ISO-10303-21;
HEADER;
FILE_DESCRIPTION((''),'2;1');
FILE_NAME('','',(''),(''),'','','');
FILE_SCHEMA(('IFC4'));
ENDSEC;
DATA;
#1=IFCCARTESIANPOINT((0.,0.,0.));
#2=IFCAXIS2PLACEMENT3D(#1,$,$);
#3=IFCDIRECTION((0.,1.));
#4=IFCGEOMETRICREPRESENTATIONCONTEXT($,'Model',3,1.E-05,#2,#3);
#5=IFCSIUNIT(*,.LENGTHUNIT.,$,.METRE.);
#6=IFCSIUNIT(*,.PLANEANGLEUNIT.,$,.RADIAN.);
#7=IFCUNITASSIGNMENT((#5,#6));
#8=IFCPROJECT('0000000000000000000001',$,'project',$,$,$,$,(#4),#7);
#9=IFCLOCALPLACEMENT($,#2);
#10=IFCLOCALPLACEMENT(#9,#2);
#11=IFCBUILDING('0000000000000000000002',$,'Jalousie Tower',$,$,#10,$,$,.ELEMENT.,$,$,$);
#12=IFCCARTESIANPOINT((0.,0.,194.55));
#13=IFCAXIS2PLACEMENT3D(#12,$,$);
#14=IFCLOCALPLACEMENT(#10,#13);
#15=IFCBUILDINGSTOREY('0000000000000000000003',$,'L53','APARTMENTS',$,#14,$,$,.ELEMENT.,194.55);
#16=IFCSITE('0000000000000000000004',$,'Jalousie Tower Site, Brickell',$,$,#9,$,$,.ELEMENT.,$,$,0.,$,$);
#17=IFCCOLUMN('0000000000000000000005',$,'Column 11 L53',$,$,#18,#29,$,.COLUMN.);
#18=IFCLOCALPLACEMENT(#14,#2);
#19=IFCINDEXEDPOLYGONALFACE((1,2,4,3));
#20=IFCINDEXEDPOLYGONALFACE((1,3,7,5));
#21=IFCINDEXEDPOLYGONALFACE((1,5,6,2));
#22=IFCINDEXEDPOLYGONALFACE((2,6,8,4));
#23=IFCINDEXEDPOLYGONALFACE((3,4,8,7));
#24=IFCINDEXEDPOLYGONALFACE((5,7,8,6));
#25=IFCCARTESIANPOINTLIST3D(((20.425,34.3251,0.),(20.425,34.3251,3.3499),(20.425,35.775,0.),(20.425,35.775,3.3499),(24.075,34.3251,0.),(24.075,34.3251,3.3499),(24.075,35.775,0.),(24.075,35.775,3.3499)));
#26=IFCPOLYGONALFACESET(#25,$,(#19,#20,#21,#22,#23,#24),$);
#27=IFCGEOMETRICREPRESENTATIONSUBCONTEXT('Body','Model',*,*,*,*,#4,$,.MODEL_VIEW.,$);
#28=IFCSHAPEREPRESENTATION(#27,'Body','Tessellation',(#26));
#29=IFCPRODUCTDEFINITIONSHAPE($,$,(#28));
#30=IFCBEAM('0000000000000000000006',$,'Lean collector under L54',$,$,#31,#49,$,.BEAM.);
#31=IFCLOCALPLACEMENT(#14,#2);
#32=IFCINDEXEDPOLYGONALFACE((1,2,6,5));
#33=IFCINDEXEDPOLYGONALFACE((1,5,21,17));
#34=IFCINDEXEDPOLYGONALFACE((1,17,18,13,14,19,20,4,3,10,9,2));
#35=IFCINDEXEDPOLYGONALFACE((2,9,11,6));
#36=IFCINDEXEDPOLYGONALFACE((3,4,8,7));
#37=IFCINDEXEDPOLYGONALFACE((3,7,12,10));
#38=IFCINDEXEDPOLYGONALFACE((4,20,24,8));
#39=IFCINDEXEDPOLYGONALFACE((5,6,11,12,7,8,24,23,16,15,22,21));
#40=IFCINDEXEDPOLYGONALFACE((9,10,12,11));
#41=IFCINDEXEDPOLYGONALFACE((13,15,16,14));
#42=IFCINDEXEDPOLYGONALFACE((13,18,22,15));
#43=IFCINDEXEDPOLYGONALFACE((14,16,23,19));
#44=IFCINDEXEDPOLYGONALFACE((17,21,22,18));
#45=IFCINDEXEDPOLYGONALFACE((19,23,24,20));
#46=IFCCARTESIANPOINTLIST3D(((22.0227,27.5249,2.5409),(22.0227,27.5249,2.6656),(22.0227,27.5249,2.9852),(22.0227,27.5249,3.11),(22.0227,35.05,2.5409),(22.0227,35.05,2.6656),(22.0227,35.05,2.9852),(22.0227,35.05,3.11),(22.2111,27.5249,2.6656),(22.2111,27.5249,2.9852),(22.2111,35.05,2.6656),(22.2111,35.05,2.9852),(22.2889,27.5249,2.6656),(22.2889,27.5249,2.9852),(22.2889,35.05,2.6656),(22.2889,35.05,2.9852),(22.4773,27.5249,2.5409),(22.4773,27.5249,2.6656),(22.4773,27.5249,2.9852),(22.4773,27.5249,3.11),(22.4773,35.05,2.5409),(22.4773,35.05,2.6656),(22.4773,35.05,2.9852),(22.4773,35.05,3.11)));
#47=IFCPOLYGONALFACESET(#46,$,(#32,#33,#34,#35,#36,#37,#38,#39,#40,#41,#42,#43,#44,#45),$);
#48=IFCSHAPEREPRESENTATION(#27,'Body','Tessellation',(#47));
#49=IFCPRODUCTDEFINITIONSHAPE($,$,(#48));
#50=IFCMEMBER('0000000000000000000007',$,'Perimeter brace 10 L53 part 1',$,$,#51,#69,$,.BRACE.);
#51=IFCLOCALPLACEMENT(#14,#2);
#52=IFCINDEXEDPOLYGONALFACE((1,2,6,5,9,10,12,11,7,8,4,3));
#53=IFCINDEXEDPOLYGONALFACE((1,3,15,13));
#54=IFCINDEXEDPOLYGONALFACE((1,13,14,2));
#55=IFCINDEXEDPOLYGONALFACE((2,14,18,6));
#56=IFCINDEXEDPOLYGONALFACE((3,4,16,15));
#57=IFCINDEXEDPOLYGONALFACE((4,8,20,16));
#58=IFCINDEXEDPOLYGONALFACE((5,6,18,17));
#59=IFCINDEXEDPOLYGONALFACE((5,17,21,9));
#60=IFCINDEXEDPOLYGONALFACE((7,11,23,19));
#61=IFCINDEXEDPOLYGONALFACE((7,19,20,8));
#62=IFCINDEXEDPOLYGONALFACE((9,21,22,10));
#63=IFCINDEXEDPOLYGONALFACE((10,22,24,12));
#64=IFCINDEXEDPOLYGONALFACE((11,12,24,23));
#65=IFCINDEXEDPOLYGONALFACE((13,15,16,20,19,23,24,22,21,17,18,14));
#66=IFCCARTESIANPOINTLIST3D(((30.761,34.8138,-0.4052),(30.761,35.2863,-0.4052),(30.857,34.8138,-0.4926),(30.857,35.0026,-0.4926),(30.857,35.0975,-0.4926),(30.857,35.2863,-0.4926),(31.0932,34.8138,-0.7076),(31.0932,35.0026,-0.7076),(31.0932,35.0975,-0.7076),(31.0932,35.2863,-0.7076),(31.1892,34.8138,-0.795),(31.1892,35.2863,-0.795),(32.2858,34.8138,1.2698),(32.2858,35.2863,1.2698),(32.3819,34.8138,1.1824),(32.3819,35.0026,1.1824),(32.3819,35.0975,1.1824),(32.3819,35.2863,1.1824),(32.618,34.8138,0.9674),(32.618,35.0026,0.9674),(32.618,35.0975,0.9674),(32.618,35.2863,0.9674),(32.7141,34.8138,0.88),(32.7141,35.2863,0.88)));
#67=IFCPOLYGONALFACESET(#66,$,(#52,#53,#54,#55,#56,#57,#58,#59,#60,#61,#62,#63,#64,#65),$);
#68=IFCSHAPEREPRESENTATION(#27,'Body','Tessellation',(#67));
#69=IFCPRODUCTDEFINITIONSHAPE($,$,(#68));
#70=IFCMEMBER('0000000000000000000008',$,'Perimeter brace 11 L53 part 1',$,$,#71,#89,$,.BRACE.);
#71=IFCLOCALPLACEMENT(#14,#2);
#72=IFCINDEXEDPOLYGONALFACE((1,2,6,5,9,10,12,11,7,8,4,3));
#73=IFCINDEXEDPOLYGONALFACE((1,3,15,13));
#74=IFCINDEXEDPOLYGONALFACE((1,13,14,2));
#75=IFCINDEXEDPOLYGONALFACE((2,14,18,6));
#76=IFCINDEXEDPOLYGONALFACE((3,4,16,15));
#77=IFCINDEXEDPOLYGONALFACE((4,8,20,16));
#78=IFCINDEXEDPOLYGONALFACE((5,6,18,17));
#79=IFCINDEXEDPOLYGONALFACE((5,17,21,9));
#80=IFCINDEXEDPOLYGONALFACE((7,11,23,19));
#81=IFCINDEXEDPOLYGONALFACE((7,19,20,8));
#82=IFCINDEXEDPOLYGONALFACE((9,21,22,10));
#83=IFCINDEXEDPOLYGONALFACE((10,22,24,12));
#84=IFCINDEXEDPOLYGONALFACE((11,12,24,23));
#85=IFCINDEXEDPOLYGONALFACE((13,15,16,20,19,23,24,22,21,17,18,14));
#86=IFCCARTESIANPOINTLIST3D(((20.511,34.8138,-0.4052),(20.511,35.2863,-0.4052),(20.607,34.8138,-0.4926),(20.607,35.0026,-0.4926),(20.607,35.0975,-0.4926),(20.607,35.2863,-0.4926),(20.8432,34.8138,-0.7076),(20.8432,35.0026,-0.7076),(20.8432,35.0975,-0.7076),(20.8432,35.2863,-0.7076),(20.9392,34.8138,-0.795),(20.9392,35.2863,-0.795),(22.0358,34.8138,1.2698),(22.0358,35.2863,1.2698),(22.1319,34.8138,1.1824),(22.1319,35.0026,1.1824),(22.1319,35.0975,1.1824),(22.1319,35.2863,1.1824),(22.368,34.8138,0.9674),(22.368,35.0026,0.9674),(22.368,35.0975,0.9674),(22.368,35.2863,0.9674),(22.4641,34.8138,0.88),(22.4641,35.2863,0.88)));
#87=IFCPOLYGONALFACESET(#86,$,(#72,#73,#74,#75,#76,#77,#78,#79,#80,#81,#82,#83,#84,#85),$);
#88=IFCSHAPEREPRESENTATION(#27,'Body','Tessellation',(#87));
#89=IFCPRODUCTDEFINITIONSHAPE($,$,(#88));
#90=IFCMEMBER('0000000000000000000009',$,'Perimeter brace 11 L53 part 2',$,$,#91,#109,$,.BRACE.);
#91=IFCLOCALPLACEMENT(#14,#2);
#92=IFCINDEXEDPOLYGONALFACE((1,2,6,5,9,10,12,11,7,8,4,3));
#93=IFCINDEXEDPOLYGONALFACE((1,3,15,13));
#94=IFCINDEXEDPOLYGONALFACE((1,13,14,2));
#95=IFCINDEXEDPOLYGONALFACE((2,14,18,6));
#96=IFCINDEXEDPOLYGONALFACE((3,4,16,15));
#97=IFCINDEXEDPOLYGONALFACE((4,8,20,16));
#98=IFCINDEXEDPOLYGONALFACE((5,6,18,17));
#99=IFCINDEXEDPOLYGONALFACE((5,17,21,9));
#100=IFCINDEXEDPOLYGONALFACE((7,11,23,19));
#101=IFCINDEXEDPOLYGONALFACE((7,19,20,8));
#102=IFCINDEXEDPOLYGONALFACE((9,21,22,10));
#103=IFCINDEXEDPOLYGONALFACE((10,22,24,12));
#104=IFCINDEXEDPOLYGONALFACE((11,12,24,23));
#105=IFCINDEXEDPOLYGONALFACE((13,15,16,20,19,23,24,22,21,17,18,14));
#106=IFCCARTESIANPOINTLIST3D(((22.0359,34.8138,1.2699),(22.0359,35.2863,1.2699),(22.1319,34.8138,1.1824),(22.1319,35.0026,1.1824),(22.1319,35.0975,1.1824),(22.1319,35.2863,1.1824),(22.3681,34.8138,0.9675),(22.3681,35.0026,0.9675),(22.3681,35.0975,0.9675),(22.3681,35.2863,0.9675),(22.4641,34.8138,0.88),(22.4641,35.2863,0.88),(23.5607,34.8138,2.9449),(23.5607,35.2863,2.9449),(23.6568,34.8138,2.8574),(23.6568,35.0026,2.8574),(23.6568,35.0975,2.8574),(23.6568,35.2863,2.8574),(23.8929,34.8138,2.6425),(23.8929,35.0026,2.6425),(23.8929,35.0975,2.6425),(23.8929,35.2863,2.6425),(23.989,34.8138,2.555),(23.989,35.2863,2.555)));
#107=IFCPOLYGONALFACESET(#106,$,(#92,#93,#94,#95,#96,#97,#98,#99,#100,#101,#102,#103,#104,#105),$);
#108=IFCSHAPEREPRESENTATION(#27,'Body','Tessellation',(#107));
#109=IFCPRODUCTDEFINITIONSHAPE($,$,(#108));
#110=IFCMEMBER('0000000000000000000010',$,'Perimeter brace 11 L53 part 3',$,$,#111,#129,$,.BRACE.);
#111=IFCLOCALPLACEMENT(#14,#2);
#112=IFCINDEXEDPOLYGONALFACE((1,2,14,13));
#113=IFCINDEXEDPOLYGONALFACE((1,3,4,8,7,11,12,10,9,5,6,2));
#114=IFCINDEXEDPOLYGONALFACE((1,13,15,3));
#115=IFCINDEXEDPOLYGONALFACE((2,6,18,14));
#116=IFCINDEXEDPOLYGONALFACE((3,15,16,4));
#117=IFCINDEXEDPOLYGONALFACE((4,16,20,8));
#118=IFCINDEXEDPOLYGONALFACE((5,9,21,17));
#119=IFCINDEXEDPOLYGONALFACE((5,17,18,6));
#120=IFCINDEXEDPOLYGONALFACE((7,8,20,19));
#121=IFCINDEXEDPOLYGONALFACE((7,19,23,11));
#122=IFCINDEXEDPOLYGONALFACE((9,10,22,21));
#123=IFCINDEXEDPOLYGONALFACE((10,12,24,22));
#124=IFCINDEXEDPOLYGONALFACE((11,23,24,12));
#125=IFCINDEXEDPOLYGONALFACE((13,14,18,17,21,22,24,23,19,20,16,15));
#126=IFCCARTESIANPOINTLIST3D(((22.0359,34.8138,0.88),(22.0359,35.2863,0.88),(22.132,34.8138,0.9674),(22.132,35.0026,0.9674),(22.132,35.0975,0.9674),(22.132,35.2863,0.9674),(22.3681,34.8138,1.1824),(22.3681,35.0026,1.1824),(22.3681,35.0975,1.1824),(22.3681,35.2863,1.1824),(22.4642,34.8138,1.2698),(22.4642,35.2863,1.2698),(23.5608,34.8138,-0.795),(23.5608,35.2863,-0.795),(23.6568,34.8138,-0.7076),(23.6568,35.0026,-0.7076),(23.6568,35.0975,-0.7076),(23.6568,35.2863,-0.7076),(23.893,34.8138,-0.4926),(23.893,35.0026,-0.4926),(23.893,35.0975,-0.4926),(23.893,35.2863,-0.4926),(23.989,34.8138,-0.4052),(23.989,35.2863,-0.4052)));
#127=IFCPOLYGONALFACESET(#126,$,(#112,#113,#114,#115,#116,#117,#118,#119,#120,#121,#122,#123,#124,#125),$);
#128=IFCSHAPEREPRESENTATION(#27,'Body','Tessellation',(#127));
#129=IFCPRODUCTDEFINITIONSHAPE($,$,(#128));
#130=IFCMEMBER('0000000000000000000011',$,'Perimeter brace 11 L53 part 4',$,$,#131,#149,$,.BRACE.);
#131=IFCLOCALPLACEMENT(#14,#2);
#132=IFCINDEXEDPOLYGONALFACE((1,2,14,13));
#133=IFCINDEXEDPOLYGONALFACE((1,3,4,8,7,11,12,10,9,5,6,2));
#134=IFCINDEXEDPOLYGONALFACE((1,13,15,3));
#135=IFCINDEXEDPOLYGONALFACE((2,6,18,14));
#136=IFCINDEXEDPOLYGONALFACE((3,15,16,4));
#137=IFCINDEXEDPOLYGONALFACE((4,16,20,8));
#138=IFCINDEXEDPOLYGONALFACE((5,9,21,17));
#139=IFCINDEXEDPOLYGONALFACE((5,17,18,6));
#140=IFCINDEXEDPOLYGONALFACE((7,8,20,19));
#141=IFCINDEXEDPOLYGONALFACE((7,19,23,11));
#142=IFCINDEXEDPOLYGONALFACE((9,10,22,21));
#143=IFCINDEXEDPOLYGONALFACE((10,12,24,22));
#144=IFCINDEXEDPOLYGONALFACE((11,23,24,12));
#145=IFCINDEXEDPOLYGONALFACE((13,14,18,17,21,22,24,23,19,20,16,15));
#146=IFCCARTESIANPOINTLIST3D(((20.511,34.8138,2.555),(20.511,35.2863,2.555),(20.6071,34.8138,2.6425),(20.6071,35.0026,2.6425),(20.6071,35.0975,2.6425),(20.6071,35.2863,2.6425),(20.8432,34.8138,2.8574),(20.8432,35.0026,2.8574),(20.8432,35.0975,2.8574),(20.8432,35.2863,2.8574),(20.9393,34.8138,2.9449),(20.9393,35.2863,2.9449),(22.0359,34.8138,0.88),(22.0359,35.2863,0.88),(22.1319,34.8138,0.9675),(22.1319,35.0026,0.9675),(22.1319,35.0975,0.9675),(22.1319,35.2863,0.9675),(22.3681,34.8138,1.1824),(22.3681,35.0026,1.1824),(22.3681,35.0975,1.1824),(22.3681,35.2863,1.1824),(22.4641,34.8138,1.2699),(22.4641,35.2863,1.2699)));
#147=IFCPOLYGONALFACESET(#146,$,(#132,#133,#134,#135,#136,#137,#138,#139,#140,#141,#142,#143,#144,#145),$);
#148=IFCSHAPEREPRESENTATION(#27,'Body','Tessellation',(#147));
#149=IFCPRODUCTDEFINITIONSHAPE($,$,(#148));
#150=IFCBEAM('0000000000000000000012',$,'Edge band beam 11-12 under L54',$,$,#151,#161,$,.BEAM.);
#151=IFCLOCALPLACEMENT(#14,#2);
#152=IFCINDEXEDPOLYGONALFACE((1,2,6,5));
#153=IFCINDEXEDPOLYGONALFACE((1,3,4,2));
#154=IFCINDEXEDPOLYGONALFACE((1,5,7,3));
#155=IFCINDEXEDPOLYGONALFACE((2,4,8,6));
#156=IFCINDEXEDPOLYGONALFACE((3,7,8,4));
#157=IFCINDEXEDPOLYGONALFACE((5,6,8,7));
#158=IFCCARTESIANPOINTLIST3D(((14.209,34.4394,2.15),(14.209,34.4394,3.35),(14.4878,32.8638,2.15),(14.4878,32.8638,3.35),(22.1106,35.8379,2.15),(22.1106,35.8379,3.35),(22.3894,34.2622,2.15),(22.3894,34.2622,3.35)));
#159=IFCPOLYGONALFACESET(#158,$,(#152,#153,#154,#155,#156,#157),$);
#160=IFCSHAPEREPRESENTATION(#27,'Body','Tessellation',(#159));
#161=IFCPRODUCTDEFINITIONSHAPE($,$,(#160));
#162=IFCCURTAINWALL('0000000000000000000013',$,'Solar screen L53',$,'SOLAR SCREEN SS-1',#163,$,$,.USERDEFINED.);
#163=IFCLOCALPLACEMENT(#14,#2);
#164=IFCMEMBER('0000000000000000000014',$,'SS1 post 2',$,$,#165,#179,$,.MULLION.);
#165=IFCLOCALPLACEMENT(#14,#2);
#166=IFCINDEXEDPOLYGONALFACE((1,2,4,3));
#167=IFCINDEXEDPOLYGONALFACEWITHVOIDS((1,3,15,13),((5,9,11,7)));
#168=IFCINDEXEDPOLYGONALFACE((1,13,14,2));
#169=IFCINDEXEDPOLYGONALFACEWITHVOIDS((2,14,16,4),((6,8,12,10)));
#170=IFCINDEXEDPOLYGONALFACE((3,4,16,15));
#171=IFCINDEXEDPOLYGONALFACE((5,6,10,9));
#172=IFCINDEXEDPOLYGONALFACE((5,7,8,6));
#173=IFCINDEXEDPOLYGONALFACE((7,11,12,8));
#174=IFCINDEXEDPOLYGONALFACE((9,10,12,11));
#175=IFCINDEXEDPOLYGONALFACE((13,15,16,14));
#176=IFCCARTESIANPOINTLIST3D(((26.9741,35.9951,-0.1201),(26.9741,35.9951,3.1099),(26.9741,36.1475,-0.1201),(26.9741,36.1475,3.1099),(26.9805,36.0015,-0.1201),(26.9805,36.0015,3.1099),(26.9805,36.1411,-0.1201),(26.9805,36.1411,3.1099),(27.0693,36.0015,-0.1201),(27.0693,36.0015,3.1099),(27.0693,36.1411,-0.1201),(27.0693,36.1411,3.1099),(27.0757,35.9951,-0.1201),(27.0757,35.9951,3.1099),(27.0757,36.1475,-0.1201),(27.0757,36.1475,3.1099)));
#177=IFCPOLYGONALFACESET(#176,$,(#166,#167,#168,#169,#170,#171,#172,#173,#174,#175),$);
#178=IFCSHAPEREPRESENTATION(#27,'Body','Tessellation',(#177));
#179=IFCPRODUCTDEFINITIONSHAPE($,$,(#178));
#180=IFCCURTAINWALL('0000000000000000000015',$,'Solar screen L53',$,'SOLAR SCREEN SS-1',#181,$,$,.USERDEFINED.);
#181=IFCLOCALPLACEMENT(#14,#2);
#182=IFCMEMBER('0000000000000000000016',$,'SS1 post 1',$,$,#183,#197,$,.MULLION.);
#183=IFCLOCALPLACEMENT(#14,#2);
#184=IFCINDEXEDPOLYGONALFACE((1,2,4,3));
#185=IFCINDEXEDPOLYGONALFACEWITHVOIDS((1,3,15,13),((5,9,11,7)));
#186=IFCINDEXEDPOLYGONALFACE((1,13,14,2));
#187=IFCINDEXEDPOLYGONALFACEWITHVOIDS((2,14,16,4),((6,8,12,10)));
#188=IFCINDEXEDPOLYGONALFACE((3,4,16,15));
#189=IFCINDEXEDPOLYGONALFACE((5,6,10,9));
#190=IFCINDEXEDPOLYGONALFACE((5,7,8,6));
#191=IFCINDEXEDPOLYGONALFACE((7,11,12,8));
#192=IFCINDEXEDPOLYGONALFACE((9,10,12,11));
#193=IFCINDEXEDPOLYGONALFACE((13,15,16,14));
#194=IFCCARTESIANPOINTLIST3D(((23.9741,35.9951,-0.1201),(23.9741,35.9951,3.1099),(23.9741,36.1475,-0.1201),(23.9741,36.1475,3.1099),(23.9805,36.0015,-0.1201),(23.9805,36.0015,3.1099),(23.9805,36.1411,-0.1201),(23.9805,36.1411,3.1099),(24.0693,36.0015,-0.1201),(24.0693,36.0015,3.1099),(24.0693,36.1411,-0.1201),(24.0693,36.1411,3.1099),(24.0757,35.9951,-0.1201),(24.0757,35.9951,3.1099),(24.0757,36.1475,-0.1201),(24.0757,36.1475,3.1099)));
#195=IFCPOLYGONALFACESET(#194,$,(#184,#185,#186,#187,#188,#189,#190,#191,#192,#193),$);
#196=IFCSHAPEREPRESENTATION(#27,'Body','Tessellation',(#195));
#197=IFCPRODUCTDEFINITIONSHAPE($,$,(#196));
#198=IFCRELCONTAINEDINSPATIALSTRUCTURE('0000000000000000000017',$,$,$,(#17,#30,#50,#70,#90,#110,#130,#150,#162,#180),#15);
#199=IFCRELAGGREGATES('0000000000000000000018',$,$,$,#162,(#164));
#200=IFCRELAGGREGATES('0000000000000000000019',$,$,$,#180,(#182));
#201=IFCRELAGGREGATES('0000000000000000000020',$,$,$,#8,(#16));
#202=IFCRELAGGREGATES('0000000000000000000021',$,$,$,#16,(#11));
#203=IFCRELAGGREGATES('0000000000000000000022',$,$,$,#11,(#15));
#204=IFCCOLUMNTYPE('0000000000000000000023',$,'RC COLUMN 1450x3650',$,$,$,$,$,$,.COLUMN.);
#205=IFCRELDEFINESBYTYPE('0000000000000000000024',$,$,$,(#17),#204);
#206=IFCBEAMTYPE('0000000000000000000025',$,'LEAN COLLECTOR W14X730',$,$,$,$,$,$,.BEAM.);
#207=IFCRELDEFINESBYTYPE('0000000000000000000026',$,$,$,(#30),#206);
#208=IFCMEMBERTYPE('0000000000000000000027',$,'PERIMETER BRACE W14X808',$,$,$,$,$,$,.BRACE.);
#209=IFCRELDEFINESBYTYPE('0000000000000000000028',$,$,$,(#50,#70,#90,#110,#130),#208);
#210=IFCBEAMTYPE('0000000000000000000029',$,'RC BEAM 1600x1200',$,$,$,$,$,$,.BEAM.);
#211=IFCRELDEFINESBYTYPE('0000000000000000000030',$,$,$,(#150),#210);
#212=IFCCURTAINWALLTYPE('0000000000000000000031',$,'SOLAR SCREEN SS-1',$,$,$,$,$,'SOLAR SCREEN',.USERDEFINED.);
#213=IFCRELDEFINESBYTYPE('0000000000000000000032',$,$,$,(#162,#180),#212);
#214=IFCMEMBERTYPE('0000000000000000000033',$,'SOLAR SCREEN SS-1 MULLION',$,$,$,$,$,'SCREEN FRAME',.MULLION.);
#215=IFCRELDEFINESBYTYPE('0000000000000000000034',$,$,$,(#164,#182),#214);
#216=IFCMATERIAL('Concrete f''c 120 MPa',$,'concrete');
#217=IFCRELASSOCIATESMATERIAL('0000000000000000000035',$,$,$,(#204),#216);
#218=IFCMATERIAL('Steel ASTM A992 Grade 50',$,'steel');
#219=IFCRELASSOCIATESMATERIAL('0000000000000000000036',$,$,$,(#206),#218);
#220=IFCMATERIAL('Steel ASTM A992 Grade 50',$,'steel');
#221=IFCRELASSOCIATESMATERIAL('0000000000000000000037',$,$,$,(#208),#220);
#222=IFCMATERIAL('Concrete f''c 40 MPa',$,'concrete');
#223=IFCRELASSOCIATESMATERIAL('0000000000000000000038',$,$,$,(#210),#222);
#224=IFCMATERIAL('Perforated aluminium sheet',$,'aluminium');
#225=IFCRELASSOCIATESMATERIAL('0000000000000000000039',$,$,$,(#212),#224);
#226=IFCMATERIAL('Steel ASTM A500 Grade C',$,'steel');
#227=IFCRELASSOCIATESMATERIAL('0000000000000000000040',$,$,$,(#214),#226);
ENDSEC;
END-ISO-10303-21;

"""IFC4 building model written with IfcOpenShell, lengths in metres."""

from ifc_helpers import new_model, si_unit, direction, frame, origin, origin_2d, place, context, subcontext, project, spatial, rectangle, hollow_rectangle, i_section, extrude, material, material_profile, profile_set, type_object, element, aggregate, save


model = new_model("IFC4")

# Units and contexts
model_context = context("Model", 3, precision=1e-05, world=origin(), true_north=direction((0.0, 1.0)))
body_context = subcontext(model_context, "Body", "Model", "MODEL_VIEW")
ifc_project = project(units=[si_unit("LENGTHUNIT", "METRE"), si_unit("PLANEANGLEUNIT", "RADIAN")], contexts=[model_context])

# Site, building, storey
site_placement = place(None, origin())
site = spatial("IfcSite", under=ifc_project, at=site_placement, Name="Jalousie Tower Site, Brickell", CompositionType="ELEMENT", RefElevation=0.0)
building_placement = place(site_placement, origin())
building = spatial("IfcBuilding", under=site, at=building_placement, Name="Jalousie Tower", CompositionType="ELEMENT")
storey_placement = place(building_placement, frame((0.0, 0.0, 194.55)))
storey = spatial("IfcBuildingStorey", under=building, at=storey_placement, Name="L53", Description="APARTMENTS", CompositionType="ELEMENT", Elevation=194.55)

# Column
ifc_material_1 = material(Name="Concrete f'c 120 MPa", Category="concrete")
ifc_material_profile_1 = material_profile(ifc_material_1, rectangle(XDim=1.45, YDim=3.6499, at=origin_2d()), Name="RC 1450x3650")
ifc_profile_set_1 = profile_set([ifc_material_profile_1], Name="Concrete f'c 120 MPa")
column_type = type_object("IfcColumnType", Name="RC COLUMN 1450x3650", PredefinedType="COLUMN", material=ifc_profile_set_1)
column_placement = place(storey_placement, frame((22.25, 35.05, 0.0), z_axis=(0.0, 0.0, 1.0), x_axis=(0.0, 1.0, 0.0)))
element("IfcColumn", 1, at=column_placement, inside=storey, type_object=column_type, Name="Column 11 L53", PredefinedType="COLUMN", context=body_context, shape_type="SweptSolid", body=[
    extrude(rectangle(XDim=1.45, YDim=3.6499, at=origin_2d()), origin(), (0.0, 0.0, 1.0), 3.3499),
])

# Beam
ifc_material_2 = material(Name="Steel ASTM A992 Grade 50", Category="steel")
ifc_material_profile_2 = material_profile(ifc_material_2, i_section(OverallWidth=0.4546, OverallDepth=0.5691, WebThickness=0.0779, FlangeThickness=0.1248, at=origin_2d()), Name="W14X730")
ifc_profile_set_2 = profile_set([ifc_material_profile_2], Name="Steel ASTM A992 Grade 50")
beam_type_1 = type_object("IfcBeamType", Name="LEAN COLLECTOR W14X730", PredefinedType="BEAM", material=ifc_profile_set_2)
beam_1_placement = place(storey_placement, frame((22.25, 35.05, 2.8254), z_axis=(0.0, -1.0, 0.0), x_axis=(1.0, 0.0, 0.0)))
element("IfcBeam", 2, at=beam_1_placement, inside=storey, type_object=beam_type_1, Name="Lean collector under L54", PredefinedType="BEAM", context=body_context, shape_type="SweptSolid", body=[
    extrude(i_section(OverallWidth=0.4546, OverallDepth=0.5691, WebThickness=0.0779, FlangeThickness=0.1248, at=origin_2d()), origin(), (0.0, 0.0, 1.0), 7.5251),
])

# Members
ifc_material_3 = material(Name="Steel ASTM A992 Grade 50", Category="steel")
ifc_material_profile_3 = material_profile(ifc_material_3, i_section(OverallWidth=0.4724, OverallDepth=0.5791, WebThickness=0.095, FlangeThickness=0.1299, at=origin_2d()), Name="W14X808")
ifc_profile_set_3 = profile_set([ifc_material_profile_3], Name="Steel ASTM A992 Grade 50")
member_type_1 = type_object("IfcMemberType", Name="PERIMETER BRACE W14X808", PredefinedType="BRACE", material=ifc_profile_set_3)
for number, where, z_axis, x_axis, name in (
    (3, (30.9751, 35.05, -0.6001), (0.673188, 0.0, 0.739472), (0.0, 1.0, 0.0), "Perimeter brace 10 L53 part 1"),
    (4, (20.7251, 35.05, -0.6001), (0.673188, 0.0, 0.739472), (0.0, 1.0, 0.0), "Perimeter brace 11 L53 part 1"),
    (5, (22.25, 35.05, 1.075), (0.673188, 0.0, 0.739472), (0.0, 1.0, 0.0), "Perimeter brace 11 L53 part 2"),
    (6, (23.7749, 35.05, -0.6001), (-0.673188, 0.0, 0.739472), (0.0, -1.0, 0.0), "Perimeter brace 11 L53 part 3"),
    (7, (22.25, 35.05, 1.075), (-0.673188, 0.0, 0.739472), (0.0, -1.0, 0.0), "Perimeter brace 11 L53 part 4"),
):
    element("IfcMember", number, at=place(storey_placement, frame(where, z_axis=z_axis, x_axis=x_axis)), inside=storey, type_object=member_type_1, Name=name, PredefinedType="BRACE", context=body_context, shape_type="SweptSolid", body=[
        extrude(i_section(OverallWidth=0.4724, OverallDepth=0.5791, WebThickness=0.095, FlangeThickness=0.1299, at=origin_2d()), origin(), (0.0, 0.0, 1.0), 2.2651),
    ])

# Beam
ifc_material_4 = material(Name="Concrete f'c 40 MPa", Category="concrete")
ifc_material_profile_4 = material_profile(ifc_material_4, rectangle(XDim=1.6001, YDim=1.2, at=origin_2d()), Name="RC 1600x1200")
ifc_profile_set_4 = profile_set([ifc_material_profile_4], Name="Concrete f'c 40 MPa")
beam_type_2 = type_object("IfcBeamType", Name="RC BEAM 1600x1200", PredefinedType="BEAM", material=ifc_profile_set_4)
beam_2_placement = place(storey_placement, frame((22.25, 35.05, 2.75), z_axis=(-0.984697, -0.174273, 0.0), x_axis=(0.174273, -0.984697, 0.0)))
element("IfcBeam", 8, at=beam_2_placement, inside=storey, type_object=beam_type_2, Name="Edge band beam 11-12 under L54", PredefinedType="BEAM", context=body_context, shape_type="SweptSolid", body=[
    extrude(rectangle(XDim=1.6001, YDim=1.2, at=origin_2d()), origin(), (0.0, 0.0, 1.0), 8.0244),
])

# Curtain wall, member
ifc_material_5 = material(Name="Perforated aluminium sheet", Category="aluminium")
curtain_wall_type = type_object("IfcCurtainWallType", Name="SOLAR SCREEN SS-1", ElementType="SOLAR SCREEN", PredefinedType="USERDEFINED", material=ifc_material_5)
curtain_wall_1_placement = place(storey_placement, origin())
curtain_wall_1 = element("IfcCurtainWall", 9, at=curtain_wall_1_placement, inside=storey, type_object=curtain_wall_type, Name="Solar screen L53", ObjectType="SOLAR SCREEN SS-1", PredefinedType="USERDEFINED")
ifc_material_6 = material(Name="Steel ASTM A500 Grade C", Category="steel")
ifc_material_profile_5 = material_profile(ifc_material_6, hollow_rectangle(XDim=0.1016, YDim=0.1523, WallThickness=0.0063, at=origin_2d()), Name="HSS6X4X1/4")
ifc_profile_set_5 = profile_set([ifc_material_profile_5], Name="Steel ASTM A500 Grade C")
member_type_2 = type_object("IfcMemberType", Name="SOLAR SCREEN SS-1 MULLION", ElementType="SCREEN FRAME", PredefinedType="MULLION", material=ifc_profile_set_5)
member_1_placement = place(storey_placement, frame((27.0249, 36.0713, -0.1201), z_axis=(0.0, 0.0, 1.0), x_axis=(-1.0, 0.0, 0.0)))
member_1 = element("IfcMember", 10, at=member_1_placement, type_object=member_type_2, Name="SS1 post 2", PredefinedType="MULLION", context=body_context, shape_type="SweptSolid", body=[
    extrude(hollow_rectangle(XDim=0.1016, YDim=0.1523, WallThickness=0.0063, at=origin_2d()), origin(), (0.0, 0.0, 1.0), 3.23),
])

# Curtain wall, member
curtain_wall_2_placement = place(storey_placement, origin())
curtain_wall_2 = element("IfcCurtainWall", 11, at=curtain_wall_2_placement, inside=storey, type_object=curtain_wall_type, Name="Solar screen L53", ObjectType="SOLAR SCREEN SS-1", PredefinedType="USERDEFINED")
member_2_placement = place(storey_placement, frame((24.0249, 36.0713, -0.1201), z_axis=(0.0, 0.0, 1.0), x_axis=(-1.0, 0.0, 0.0)))
member_2 = element("IfcMember", 12, at=member_2_placement, type_object=member_type_2, Name="SS1 post 1", PredefinedType="MULLION", context=body_context, shape_type="SweptSolid", body=[
    extrude(hollow_rectangle(XDim=0.1016, YDim=0.1523, WallThickness=0.0063, at=origin_2d()), origin(), (0.0, 0.0, 1.0), 3.23),
])

aggregate(curtain_wall_1, [member_1])
aggregate(curtain_wall_2, [member_2])

save(model, "model.ifc")
